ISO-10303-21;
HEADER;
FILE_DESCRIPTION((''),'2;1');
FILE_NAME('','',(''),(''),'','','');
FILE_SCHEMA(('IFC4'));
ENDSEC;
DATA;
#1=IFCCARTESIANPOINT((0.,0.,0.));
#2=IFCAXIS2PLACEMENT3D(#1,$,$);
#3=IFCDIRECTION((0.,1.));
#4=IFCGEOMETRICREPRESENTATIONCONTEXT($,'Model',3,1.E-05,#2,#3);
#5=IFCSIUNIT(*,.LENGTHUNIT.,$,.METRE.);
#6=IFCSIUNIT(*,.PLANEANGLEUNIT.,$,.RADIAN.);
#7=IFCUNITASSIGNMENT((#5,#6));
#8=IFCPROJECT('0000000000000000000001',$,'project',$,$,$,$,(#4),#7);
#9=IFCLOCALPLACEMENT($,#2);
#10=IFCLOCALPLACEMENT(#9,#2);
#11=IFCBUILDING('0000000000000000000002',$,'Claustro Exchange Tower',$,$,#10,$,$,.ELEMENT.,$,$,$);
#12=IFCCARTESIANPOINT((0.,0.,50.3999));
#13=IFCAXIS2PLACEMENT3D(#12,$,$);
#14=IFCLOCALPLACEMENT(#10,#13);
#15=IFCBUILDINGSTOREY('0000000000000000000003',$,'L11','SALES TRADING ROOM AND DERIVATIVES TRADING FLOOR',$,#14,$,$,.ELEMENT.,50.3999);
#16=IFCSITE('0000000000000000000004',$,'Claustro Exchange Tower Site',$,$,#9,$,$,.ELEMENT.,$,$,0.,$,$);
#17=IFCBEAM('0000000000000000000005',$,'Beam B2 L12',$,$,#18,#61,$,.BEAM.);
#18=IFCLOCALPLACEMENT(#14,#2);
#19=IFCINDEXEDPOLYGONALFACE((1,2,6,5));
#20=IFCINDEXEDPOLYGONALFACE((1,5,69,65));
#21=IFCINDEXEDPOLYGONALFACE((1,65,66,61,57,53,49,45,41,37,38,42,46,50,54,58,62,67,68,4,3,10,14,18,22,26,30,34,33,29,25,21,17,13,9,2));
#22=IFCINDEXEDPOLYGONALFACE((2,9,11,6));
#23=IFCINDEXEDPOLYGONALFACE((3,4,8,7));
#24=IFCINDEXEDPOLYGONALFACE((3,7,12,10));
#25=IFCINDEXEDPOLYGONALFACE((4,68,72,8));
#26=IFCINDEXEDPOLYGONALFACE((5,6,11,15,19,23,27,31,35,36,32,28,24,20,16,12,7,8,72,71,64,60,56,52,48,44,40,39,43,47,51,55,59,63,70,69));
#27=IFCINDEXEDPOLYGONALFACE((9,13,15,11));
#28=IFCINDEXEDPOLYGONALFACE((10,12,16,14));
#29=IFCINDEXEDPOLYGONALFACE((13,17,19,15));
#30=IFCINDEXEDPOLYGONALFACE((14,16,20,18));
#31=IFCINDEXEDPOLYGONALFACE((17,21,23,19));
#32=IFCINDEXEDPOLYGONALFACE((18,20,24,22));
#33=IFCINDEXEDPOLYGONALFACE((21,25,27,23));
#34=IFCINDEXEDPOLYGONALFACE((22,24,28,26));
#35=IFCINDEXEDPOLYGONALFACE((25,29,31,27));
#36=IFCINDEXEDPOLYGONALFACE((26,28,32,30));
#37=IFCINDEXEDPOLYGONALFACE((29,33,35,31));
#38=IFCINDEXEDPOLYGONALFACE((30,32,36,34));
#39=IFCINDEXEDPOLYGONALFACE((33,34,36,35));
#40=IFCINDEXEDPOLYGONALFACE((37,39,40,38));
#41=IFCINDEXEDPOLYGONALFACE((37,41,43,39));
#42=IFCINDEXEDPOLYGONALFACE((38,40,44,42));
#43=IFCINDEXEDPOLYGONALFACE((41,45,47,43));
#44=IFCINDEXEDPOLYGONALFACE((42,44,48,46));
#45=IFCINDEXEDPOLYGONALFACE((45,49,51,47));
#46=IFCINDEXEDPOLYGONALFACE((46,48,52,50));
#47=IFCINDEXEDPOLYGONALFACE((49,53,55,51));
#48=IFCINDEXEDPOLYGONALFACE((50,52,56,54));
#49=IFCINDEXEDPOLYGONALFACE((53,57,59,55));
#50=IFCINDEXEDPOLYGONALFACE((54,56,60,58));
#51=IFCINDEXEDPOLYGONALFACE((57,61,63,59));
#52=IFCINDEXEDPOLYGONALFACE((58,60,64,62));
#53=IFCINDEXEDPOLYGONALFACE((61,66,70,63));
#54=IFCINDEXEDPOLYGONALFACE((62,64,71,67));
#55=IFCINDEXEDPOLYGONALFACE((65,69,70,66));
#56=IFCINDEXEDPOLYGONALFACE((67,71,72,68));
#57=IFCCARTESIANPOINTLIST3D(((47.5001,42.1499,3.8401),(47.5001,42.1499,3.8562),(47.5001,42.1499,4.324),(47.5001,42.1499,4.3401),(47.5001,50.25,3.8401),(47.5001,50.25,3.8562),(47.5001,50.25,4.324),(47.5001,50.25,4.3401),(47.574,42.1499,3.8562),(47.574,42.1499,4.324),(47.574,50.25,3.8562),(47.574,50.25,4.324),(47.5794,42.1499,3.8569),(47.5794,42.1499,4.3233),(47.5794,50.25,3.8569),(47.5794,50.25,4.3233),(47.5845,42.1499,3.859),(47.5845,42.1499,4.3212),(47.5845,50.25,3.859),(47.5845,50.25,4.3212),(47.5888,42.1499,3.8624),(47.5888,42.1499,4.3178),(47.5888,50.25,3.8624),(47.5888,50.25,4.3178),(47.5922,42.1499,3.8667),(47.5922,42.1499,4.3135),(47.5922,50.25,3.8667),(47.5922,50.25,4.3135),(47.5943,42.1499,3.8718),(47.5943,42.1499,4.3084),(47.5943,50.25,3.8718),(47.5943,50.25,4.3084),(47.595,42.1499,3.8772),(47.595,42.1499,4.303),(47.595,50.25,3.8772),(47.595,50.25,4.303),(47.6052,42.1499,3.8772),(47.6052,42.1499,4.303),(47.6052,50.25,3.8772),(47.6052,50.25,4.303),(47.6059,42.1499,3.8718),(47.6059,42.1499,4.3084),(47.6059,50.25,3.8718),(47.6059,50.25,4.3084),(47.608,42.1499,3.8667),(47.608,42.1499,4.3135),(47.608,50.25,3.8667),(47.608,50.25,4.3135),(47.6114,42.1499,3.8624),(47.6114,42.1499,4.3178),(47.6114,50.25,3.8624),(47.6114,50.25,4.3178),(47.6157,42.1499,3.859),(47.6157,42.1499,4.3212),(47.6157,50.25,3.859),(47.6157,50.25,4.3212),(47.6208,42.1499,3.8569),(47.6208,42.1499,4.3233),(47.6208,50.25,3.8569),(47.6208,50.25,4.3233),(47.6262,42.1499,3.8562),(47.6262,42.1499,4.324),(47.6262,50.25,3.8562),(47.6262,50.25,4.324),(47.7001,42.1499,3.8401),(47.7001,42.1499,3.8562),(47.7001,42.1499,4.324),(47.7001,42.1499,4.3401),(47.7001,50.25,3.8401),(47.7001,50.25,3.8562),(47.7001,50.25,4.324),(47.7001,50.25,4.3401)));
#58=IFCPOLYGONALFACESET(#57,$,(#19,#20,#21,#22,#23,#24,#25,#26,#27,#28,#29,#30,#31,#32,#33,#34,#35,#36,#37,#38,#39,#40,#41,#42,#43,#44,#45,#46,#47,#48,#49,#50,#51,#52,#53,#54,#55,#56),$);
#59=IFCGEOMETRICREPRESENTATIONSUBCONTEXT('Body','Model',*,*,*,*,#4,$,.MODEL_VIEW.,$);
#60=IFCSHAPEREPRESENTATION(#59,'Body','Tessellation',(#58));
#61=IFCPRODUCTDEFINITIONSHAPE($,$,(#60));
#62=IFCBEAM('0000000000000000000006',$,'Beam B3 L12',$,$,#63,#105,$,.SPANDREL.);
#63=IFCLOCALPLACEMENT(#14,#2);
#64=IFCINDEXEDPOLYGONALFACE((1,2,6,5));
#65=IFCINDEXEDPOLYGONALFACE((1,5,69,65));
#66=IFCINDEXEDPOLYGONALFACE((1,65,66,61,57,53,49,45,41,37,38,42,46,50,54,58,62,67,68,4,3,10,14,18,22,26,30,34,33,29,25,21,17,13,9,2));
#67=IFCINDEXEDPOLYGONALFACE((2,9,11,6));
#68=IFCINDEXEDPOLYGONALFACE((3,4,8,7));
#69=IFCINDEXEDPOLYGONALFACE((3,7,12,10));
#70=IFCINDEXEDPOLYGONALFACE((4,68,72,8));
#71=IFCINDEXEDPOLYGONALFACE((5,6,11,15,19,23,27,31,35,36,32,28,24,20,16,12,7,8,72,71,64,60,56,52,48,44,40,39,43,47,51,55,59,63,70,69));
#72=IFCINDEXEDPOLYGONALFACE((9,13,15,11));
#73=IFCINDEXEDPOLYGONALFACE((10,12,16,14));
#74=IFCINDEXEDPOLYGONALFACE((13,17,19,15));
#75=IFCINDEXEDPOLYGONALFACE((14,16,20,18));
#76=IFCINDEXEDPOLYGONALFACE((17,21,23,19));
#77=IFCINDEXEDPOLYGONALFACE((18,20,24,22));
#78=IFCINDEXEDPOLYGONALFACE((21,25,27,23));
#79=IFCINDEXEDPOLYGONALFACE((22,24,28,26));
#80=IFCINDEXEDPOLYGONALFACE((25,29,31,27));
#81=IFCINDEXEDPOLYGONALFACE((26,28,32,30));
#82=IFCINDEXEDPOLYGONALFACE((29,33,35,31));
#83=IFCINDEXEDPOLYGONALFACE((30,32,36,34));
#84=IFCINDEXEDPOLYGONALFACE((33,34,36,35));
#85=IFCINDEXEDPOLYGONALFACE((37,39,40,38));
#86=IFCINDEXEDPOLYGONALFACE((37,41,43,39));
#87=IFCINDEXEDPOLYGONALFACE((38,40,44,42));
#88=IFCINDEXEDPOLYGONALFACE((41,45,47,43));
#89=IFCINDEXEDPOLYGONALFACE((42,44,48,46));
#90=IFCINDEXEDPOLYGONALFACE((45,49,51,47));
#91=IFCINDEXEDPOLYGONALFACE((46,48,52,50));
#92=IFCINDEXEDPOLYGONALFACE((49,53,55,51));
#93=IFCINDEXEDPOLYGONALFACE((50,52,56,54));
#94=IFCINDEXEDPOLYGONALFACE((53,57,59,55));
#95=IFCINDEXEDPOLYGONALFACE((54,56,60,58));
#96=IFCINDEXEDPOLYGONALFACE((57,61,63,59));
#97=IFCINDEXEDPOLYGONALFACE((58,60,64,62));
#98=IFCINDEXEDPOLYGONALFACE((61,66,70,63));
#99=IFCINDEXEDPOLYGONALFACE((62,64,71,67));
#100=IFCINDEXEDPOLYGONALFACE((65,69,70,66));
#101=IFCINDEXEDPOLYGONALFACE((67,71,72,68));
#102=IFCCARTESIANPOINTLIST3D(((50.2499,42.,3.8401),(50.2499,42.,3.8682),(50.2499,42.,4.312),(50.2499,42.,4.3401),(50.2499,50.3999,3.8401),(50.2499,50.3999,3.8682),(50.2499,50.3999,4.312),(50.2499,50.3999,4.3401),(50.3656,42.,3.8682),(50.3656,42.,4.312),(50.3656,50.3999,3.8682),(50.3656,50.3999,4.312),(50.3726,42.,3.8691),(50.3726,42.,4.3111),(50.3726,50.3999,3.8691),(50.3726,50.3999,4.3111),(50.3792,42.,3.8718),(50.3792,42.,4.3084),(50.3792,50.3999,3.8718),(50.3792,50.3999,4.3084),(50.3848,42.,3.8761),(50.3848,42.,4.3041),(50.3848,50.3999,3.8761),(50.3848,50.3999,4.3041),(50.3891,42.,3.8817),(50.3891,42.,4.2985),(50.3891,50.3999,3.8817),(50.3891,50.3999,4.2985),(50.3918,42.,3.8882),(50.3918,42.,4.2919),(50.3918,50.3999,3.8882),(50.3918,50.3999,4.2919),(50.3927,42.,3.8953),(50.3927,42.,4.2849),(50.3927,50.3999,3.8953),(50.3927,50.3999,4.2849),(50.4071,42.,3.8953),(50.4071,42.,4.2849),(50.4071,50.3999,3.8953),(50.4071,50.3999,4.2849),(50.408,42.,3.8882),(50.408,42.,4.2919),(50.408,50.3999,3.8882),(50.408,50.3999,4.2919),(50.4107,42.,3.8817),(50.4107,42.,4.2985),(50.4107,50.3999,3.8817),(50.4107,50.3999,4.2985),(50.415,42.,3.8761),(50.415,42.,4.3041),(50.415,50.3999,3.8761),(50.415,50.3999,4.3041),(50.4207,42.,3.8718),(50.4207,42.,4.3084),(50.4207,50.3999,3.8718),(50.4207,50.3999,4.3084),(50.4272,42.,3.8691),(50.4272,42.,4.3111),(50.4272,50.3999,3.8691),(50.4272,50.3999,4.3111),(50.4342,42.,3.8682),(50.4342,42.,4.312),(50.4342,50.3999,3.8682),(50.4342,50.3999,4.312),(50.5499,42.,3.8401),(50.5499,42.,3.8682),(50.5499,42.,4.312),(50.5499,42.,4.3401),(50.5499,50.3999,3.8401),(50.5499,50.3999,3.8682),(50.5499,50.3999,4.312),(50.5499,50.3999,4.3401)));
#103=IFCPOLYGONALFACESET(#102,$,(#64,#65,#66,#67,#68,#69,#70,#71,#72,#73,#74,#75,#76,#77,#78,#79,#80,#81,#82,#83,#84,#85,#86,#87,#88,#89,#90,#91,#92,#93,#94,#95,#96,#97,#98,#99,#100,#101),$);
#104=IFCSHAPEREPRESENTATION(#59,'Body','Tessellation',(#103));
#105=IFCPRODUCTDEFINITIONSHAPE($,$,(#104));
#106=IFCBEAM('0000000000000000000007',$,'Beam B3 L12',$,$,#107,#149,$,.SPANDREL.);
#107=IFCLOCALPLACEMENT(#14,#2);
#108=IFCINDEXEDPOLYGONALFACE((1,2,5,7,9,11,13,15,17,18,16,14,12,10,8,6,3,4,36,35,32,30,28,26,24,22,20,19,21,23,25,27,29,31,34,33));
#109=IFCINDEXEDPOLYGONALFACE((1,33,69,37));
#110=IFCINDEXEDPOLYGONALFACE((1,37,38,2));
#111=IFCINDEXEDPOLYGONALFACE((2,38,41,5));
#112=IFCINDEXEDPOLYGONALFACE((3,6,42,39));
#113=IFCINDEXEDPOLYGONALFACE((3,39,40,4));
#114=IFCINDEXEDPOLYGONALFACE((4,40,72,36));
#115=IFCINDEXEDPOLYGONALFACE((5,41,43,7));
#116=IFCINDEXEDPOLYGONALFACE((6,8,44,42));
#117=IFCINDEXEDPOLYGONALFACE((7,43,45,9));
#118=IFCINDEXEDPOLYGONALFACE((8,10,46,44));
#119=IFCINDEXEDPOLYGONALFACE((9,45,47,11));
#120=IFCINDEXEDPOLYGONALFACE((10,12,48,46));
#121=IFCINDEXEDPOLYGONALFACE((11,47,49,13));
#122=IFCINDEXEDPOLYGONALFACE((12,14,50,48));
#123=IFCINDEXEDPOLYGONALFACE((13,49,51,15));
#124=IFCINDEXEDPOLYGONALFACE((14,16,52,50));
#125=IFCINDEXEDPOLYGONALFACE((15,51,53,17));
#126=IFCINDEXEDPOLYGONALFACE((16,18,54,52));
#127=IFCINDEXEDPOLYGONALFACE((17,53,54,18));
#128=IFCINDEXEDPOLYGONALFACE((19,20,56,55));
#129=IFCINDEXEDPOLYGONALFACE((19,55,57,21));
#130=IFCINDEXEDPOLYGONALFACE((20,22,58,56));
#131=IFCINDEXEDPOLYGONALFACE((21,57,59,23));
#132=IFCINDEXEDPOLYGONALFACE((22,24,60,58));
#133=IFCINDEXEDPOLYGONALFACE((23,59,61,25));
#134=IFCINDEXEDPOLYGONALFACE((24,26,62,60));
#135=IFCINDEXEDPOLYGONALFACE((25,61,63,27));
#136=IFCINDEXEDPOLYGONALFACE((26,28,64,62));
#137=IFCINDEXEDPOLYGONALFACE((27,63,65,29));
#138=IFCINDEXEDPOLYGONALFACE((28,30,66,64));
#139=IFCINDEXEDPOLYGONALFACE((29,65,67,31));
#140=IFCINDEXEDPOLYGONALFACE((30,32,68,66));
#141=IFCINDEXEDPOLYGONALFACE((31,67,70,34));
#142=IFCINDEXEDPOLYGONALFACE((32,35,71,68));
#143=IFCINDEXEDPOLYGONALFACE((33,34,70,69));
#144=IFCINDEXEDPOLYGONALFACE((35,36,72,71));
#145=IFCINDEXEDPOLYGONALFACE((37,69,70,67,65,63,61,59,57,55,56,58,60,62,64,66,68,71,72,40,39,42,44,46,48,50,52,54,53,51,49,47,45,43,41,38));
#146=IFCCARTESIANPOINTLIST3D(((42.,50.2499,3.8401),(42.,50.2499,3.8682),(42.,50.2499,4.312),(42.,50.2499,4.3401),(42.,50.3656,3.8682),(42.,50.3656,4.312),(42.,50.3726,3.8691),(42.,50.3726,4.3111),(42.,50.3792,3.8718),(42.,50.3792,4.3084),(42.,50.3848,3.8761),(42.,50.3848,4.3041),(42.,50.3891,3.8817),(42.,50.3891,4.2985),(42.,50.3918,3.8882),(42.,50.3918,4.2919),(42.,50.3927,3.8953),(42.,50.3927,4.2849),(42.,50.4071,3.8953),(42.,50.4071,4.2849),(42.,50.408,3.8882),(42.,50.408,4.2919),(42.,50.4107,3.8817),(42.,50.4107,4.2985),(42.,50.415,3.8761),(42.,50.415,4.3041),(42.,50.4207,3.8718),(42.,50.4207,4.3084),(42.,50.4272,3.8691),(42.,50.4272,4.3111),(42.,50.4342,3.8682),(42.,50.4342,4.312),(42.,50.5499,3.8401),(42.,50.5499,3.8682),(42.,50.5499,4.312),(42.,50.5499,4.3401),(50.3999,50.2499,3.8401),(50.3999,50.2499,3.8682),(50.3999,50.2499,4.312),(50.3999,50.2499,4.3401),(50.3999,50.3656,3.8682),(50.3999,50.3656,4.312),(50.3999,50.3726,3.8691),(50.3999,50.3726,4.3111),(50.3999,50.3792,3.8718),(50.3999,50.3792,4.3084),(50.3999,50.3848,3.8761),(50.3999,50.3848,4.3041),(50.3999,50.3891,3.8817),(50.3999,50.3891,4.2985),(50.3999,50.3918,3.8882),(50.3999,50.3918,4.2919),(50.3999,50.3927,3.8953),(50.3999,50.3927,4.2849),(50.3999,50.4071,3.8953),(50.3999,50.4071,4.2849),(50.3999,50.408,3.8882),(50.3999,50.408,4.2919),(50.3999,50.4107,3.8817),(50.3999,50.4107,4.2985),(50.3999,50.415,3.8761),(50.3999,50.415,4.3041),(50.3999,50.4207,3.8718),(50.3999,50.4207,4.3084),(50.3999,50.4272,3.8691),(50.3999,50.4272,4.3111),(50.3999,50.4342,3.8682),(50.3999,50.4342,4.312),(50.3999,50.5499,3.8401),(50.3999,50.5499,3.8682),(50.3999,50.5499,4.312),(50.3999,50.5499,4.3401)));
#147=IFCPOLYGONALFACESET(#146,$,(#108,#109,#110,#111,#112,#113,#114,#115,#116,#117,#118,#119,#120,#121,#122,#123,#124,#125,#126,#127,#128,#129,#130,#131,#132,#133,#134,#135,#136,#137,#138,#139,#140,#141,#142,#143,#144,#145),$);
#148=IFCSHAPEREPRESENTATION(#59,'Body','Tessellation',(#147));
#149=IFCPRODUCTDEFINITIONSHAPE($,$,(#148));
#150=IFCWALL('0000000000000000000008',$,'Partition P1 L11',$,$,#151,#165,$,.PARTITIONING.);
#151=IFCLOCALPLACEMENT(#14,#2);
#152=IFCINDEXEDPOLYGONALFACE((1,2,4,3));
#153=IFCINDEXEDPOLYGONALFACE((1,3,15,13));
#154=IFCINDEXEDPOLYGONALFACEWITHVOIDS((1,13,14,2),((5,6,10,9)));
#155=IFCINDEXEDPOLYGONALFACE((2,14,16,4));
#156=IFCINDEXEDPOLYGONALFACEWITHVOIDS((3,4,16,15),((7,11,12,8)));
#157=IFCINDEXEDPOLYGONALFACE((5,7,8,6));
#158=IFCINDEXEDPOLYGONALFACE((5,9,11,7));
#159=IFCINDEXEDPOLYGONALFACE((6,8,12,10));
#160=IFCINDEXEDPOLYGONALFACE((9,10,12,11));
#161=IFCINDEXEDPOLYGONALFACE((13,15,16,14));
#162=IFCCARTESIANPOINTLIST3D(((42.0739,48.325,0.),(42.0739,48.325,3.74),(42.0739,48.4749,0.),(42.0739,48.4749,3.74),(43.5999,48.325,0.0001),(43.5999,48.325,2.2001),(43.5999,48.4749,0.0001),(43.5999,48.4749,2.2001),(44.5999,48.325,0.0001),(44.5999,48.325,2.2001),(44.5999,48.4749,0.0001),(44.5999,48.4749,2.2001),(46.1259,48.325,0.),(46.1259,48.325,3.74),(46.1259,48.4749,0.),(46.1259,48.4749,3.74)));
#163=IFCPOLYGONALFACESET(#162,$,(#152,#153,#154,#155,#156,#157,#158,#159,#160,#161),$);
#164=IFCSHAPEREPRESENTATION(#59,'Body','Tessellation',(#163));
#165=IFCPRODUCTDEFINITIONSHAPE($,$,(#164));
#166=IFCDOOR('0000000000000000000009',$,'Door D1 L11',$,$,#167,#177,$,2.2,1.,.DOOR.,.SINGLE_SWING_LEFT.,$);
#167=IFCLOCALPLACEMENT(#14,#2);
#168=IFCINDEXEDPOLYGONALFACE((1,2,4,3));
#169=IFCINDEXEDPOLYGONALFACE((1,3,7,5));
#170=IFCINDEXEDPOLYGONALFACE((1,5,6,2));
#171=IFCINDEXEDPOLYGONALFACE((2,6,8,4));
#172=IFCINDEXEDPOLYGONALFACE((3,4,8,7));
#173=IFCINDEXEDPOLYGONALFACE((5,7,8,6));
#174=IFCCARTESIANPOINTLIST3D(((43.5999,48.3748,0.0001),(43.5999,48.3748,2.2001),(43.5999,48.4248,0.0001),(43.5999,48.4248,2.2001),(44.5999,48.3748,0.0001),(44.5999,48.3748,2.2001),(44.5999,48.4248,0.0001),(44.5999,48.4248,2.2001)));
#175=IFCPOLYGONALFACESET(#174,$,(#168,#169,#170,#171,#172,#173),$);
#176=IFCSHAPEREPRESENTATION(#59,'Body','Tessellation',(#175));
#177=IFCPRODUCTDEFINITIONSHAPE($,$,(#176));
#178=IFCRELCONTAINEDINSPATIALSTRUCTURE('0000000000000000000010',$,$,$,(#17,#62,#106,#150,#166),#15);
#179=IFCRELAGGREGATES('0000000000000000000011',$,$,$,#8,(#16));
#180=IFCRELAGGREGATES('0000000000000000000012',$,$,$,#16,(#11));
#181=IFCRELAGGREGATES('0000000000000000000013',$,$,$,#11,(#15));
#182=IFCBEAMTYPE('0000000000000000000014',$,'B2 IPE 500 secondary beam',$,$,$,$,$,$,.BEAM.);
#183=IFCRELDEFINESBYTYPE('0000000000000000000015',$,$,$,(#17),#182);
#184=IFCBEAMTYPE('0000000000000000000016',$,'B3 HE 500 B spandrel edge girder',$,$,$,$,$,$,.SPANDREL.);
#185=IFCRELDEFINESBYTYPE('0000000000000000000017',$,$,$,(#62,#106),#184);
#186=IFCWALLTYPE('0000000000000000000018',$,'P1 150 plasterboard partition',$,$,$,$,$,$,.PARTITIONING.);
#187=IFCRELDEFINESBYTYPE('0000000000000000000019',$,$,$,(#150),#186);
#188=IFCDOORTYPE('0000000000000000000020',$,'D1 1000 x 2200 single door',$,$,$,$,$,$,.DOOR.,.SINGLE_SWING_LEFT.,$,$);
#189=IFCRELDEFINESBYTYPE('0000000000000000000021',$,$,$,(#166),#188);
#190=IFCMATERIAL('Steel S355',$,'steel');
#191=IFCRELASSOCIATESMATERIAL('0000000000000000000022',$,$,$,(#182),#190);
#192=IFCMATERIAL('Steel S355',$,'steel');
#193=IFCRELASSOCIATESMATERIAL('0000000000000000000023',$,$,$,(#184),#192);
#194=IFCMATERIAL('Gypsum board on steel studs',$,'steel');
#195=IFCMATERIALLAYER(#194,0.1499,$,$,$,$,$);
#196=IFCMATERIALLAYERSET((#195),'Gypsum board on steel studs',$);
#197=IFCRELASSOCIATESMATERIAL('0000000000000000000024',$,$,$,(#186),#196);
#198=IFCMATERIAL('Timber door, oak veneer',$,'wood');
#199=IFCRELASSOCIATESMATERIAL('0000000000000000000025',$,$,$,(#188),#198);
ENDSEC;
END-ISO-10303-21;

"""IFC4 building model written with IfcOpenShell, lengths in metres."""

from ifc_helpers import new_model, si_unit, direction, frame, frame_2d, origin, origin_2d, place, context, subcontext, project, spatial, rectangle, i_section, extrude, material, layer, layer_set, material_profile, profile_set, type_object, element, fill, save


model = new_model("IFC4")

# Units and contexts
model_context = context("Model", 3, precision=1e-05, world=origin(), true_north=direction((0.0, 1.0)))
body_context = subcontext(model_context, "Body", "Model", "MODEL_VIEW")
ifc_project = project(units=[si_unit("LENGTHUNIT", "METRE"), si_unit("PLANEANGLEUNIT", "RADIAN")], contexts=[model_context])

# Site, building, storey
site_placement = place(None, origin())
site = spatial("IfcSite", under=ifc_project, at=site_placement, Name="Claustro Exchange Tower Site", CompositionType="ELEMENT", RefElevation=0.0)
building_placement = place(site_placement, origin())
building = spatial("IfcBuilding", under=site, at=building_placement, Name="Claustro Exchange Tower", CompositionType="ELEMENT")
storey_placement = place(building_placement, frame((0.0, 0.0, 50.3999)))
storey = spatial("IfcBuildingStorey", under=building, at=storey_placement, Name="L11", Description="SALES TRADING ROOM AND DERIVATIVES TRADING FLOOR", CompositionType="ELEMENT", Elevation=50.3999)

# Beams
ifc_material_1 = material(Name="Steel S355", Category="steel")
ifc_material_profile_1 = material_profile(ifc_material_1, i_section(OverallWidth=0.2, OverallDepth=0.5, WebThickness=0.0103, FlangeThickness=0.0161, FilletRadius=0.021, at=origin_2d()), Name="IPE 500")
ifc_profile_set_1 = profile_set([ifc_material_profile_1], Name="Steel S355")
beam_type_1 = type_object("IfcBeamType", Name="B2 IPE 500 secondary beam", PredefinedType="BEAM", material=ifc_profile_set_1)
for number, where, z_axis, x_axis, name in (
    (1, (47.6001, 42.1499, 4.0901), (0.0, 1.0, 0.0), (-1.0, 0.0, 0.0), "Beam B2 L12"),
):
    element("IfcBeam", number, at=place(storey_placement, frame(where, z_axis=z_axis, x_axis=x_axis)), inside=storey, type_object=beam_type_1, Name=name, PredefinedType="BEAM", context=body_context, shape_type="SweptSolid", body=[
        extrude(i_section(OverallWidth=0.2, OverallDepth=0.5, WebThickness=0.0103, FlangeThickness=0.0161, FilletRadius=0.021, at=origin_2d()), origin(), (0.0, 0.0, 1.0), 8.1001),
    ])
ifc_material_2 = material(Name="Steel S355", Category="steel")
ifc_material_profile_2 = material_profile(ifc_material_2, i_section(OverallWidth=0.3, OverallDepth=0.5, WebThickness=0.0144, FlangeThickness=0.0281, FilletRadius=0.0271, at=origin_2d()), Name="HE 500 B")
ifc_profile_set_2 = profile_set([ifc_material_profile_2], Name="Steel S355")
beam_type_2 = type_object("IfcBeamType", Name="B3 HE 500 B spandrel edge girder", PredefinedType="SPANDREL", material=ifc_profile_set_2)
for number, where, z_axis, x_axis, name in (
    (2, (50.3999, 42.0, 4.0901), (0.0, 1.0, 0.0), (-1.0, 0.0, 0.0), "Beam B3 L12"),
    (3, (42.0, 50.3999, 4.0901), (1.0, 0.0, 0.0), (0.0, 1.0, 0.0), "Beam B3 L12"),
):
    element("IfcBeam", number, at=place(storey_placement, frame(where, z_axis=z_axis, x_axis=x_axis)), inside=storey, type_object=beam_type_2, Name=name, PredefinedType="SPANDREL", context=body_context, shape_type="SweptSolid", body=[
        extrude(i_section(OverallWidth=0.3, OverallDepth=0.5, WebThickness=0.0144, FlangeThickness=0.0281, FilletRadius=0.0271, at=origin_2d()), origin(), (0.0, 0.0, 1.0), 8.3999),
    ])

# Wall, opening, door
ifc_material_3 = material(Name="Gypsum board on steel studs", Category="steel")
ifc_layer_1 = layer(ifc_material_3, 0.1499)
ifc_layer_set_1 = layer_set([ifc_layer_1], Name="Gypsum board on steel studs")
wall_type_1 = type_object("IfcWallType", Name="P1 150 plasterboard partition", PredefinedType="PARTITIONING", material=ifc_layer_set_1)
wall_1_placement = place(storey_placement, frame((42.074, 48.3999, 0.0), z_axis=(0.0, 0.0, 1.0), x_axis=(1.0, 0.0, 0.0)))
wall_1 = element("IfcWall", 4, at=wall_1_placement, inside=storey, type_object=wall_type_1, Name="Partition P1 L11", PredefinedType="PARTITIONING", context=body_context, shape_type="SweptSolid", body=[
    extrude(rectangle(XDim=4.052, YDim=0.1499, at=frame_2d((2.0259, 0.0))), origin(), (0.0, 0.0, 1.0), 3.74),
])
opening_1_placement = place(wall_1_placement, frame((1.5259, 0.0, 0.0)))
opening_1 = element("IfcOpeningElement", 5, at=opening_1_placement, cuts=wall_1, PredefinedType="OPENING", context=body_context, shape_type="SweptSolid", body=[
    extrude(rectangle(XDim=1.0, YDim=2.2, at=frame_2d((0.5, 1.1001))), frame((0.0, 0.085, 0.0), z_axis=(0.0, -1.0, 0.0), x_axis=(1.0, 0.0, 0.0)), (0.0, 0.0, 1.0), 0.1699),
])
ifc_material_4 = material(Name="Timber door, oak veneer", Category="wood")
door_type = type_object("IfcDoorType", Name="D1 1000 x 2200 single door", OperationType="SINGLE_SWING_LEFT", PredefinedType="DOOR", material=ifc_material_4)
door_1_placement = place(opening_1_placement, origin())
door_1 = element("IfcDoor", 6, at=door_1_placement, inside=storey, type_object=door_type, Name="Door D1 L11", OperationType="SINGLE_SWING_LEFT", OverallHeight=2.2, OverallWidth=1.0, PredefinedType="DOOR", context=body_context, shape_type="SweptSolid", body=[
    extrude(rectangle(XDim=1.0, YDim=2.2, at=frame_2d((0.5, 1.1001))), frame((0.0, 0.0249, 0.0), z_axis=(0.0, -1.0, 0.0), x_axis=(1.0, 0.0, 0.0)), (0.0, 0.0, 1.0), 0.05),
])
fill(opening_1, door_1)

save(model, "model.ifc")
